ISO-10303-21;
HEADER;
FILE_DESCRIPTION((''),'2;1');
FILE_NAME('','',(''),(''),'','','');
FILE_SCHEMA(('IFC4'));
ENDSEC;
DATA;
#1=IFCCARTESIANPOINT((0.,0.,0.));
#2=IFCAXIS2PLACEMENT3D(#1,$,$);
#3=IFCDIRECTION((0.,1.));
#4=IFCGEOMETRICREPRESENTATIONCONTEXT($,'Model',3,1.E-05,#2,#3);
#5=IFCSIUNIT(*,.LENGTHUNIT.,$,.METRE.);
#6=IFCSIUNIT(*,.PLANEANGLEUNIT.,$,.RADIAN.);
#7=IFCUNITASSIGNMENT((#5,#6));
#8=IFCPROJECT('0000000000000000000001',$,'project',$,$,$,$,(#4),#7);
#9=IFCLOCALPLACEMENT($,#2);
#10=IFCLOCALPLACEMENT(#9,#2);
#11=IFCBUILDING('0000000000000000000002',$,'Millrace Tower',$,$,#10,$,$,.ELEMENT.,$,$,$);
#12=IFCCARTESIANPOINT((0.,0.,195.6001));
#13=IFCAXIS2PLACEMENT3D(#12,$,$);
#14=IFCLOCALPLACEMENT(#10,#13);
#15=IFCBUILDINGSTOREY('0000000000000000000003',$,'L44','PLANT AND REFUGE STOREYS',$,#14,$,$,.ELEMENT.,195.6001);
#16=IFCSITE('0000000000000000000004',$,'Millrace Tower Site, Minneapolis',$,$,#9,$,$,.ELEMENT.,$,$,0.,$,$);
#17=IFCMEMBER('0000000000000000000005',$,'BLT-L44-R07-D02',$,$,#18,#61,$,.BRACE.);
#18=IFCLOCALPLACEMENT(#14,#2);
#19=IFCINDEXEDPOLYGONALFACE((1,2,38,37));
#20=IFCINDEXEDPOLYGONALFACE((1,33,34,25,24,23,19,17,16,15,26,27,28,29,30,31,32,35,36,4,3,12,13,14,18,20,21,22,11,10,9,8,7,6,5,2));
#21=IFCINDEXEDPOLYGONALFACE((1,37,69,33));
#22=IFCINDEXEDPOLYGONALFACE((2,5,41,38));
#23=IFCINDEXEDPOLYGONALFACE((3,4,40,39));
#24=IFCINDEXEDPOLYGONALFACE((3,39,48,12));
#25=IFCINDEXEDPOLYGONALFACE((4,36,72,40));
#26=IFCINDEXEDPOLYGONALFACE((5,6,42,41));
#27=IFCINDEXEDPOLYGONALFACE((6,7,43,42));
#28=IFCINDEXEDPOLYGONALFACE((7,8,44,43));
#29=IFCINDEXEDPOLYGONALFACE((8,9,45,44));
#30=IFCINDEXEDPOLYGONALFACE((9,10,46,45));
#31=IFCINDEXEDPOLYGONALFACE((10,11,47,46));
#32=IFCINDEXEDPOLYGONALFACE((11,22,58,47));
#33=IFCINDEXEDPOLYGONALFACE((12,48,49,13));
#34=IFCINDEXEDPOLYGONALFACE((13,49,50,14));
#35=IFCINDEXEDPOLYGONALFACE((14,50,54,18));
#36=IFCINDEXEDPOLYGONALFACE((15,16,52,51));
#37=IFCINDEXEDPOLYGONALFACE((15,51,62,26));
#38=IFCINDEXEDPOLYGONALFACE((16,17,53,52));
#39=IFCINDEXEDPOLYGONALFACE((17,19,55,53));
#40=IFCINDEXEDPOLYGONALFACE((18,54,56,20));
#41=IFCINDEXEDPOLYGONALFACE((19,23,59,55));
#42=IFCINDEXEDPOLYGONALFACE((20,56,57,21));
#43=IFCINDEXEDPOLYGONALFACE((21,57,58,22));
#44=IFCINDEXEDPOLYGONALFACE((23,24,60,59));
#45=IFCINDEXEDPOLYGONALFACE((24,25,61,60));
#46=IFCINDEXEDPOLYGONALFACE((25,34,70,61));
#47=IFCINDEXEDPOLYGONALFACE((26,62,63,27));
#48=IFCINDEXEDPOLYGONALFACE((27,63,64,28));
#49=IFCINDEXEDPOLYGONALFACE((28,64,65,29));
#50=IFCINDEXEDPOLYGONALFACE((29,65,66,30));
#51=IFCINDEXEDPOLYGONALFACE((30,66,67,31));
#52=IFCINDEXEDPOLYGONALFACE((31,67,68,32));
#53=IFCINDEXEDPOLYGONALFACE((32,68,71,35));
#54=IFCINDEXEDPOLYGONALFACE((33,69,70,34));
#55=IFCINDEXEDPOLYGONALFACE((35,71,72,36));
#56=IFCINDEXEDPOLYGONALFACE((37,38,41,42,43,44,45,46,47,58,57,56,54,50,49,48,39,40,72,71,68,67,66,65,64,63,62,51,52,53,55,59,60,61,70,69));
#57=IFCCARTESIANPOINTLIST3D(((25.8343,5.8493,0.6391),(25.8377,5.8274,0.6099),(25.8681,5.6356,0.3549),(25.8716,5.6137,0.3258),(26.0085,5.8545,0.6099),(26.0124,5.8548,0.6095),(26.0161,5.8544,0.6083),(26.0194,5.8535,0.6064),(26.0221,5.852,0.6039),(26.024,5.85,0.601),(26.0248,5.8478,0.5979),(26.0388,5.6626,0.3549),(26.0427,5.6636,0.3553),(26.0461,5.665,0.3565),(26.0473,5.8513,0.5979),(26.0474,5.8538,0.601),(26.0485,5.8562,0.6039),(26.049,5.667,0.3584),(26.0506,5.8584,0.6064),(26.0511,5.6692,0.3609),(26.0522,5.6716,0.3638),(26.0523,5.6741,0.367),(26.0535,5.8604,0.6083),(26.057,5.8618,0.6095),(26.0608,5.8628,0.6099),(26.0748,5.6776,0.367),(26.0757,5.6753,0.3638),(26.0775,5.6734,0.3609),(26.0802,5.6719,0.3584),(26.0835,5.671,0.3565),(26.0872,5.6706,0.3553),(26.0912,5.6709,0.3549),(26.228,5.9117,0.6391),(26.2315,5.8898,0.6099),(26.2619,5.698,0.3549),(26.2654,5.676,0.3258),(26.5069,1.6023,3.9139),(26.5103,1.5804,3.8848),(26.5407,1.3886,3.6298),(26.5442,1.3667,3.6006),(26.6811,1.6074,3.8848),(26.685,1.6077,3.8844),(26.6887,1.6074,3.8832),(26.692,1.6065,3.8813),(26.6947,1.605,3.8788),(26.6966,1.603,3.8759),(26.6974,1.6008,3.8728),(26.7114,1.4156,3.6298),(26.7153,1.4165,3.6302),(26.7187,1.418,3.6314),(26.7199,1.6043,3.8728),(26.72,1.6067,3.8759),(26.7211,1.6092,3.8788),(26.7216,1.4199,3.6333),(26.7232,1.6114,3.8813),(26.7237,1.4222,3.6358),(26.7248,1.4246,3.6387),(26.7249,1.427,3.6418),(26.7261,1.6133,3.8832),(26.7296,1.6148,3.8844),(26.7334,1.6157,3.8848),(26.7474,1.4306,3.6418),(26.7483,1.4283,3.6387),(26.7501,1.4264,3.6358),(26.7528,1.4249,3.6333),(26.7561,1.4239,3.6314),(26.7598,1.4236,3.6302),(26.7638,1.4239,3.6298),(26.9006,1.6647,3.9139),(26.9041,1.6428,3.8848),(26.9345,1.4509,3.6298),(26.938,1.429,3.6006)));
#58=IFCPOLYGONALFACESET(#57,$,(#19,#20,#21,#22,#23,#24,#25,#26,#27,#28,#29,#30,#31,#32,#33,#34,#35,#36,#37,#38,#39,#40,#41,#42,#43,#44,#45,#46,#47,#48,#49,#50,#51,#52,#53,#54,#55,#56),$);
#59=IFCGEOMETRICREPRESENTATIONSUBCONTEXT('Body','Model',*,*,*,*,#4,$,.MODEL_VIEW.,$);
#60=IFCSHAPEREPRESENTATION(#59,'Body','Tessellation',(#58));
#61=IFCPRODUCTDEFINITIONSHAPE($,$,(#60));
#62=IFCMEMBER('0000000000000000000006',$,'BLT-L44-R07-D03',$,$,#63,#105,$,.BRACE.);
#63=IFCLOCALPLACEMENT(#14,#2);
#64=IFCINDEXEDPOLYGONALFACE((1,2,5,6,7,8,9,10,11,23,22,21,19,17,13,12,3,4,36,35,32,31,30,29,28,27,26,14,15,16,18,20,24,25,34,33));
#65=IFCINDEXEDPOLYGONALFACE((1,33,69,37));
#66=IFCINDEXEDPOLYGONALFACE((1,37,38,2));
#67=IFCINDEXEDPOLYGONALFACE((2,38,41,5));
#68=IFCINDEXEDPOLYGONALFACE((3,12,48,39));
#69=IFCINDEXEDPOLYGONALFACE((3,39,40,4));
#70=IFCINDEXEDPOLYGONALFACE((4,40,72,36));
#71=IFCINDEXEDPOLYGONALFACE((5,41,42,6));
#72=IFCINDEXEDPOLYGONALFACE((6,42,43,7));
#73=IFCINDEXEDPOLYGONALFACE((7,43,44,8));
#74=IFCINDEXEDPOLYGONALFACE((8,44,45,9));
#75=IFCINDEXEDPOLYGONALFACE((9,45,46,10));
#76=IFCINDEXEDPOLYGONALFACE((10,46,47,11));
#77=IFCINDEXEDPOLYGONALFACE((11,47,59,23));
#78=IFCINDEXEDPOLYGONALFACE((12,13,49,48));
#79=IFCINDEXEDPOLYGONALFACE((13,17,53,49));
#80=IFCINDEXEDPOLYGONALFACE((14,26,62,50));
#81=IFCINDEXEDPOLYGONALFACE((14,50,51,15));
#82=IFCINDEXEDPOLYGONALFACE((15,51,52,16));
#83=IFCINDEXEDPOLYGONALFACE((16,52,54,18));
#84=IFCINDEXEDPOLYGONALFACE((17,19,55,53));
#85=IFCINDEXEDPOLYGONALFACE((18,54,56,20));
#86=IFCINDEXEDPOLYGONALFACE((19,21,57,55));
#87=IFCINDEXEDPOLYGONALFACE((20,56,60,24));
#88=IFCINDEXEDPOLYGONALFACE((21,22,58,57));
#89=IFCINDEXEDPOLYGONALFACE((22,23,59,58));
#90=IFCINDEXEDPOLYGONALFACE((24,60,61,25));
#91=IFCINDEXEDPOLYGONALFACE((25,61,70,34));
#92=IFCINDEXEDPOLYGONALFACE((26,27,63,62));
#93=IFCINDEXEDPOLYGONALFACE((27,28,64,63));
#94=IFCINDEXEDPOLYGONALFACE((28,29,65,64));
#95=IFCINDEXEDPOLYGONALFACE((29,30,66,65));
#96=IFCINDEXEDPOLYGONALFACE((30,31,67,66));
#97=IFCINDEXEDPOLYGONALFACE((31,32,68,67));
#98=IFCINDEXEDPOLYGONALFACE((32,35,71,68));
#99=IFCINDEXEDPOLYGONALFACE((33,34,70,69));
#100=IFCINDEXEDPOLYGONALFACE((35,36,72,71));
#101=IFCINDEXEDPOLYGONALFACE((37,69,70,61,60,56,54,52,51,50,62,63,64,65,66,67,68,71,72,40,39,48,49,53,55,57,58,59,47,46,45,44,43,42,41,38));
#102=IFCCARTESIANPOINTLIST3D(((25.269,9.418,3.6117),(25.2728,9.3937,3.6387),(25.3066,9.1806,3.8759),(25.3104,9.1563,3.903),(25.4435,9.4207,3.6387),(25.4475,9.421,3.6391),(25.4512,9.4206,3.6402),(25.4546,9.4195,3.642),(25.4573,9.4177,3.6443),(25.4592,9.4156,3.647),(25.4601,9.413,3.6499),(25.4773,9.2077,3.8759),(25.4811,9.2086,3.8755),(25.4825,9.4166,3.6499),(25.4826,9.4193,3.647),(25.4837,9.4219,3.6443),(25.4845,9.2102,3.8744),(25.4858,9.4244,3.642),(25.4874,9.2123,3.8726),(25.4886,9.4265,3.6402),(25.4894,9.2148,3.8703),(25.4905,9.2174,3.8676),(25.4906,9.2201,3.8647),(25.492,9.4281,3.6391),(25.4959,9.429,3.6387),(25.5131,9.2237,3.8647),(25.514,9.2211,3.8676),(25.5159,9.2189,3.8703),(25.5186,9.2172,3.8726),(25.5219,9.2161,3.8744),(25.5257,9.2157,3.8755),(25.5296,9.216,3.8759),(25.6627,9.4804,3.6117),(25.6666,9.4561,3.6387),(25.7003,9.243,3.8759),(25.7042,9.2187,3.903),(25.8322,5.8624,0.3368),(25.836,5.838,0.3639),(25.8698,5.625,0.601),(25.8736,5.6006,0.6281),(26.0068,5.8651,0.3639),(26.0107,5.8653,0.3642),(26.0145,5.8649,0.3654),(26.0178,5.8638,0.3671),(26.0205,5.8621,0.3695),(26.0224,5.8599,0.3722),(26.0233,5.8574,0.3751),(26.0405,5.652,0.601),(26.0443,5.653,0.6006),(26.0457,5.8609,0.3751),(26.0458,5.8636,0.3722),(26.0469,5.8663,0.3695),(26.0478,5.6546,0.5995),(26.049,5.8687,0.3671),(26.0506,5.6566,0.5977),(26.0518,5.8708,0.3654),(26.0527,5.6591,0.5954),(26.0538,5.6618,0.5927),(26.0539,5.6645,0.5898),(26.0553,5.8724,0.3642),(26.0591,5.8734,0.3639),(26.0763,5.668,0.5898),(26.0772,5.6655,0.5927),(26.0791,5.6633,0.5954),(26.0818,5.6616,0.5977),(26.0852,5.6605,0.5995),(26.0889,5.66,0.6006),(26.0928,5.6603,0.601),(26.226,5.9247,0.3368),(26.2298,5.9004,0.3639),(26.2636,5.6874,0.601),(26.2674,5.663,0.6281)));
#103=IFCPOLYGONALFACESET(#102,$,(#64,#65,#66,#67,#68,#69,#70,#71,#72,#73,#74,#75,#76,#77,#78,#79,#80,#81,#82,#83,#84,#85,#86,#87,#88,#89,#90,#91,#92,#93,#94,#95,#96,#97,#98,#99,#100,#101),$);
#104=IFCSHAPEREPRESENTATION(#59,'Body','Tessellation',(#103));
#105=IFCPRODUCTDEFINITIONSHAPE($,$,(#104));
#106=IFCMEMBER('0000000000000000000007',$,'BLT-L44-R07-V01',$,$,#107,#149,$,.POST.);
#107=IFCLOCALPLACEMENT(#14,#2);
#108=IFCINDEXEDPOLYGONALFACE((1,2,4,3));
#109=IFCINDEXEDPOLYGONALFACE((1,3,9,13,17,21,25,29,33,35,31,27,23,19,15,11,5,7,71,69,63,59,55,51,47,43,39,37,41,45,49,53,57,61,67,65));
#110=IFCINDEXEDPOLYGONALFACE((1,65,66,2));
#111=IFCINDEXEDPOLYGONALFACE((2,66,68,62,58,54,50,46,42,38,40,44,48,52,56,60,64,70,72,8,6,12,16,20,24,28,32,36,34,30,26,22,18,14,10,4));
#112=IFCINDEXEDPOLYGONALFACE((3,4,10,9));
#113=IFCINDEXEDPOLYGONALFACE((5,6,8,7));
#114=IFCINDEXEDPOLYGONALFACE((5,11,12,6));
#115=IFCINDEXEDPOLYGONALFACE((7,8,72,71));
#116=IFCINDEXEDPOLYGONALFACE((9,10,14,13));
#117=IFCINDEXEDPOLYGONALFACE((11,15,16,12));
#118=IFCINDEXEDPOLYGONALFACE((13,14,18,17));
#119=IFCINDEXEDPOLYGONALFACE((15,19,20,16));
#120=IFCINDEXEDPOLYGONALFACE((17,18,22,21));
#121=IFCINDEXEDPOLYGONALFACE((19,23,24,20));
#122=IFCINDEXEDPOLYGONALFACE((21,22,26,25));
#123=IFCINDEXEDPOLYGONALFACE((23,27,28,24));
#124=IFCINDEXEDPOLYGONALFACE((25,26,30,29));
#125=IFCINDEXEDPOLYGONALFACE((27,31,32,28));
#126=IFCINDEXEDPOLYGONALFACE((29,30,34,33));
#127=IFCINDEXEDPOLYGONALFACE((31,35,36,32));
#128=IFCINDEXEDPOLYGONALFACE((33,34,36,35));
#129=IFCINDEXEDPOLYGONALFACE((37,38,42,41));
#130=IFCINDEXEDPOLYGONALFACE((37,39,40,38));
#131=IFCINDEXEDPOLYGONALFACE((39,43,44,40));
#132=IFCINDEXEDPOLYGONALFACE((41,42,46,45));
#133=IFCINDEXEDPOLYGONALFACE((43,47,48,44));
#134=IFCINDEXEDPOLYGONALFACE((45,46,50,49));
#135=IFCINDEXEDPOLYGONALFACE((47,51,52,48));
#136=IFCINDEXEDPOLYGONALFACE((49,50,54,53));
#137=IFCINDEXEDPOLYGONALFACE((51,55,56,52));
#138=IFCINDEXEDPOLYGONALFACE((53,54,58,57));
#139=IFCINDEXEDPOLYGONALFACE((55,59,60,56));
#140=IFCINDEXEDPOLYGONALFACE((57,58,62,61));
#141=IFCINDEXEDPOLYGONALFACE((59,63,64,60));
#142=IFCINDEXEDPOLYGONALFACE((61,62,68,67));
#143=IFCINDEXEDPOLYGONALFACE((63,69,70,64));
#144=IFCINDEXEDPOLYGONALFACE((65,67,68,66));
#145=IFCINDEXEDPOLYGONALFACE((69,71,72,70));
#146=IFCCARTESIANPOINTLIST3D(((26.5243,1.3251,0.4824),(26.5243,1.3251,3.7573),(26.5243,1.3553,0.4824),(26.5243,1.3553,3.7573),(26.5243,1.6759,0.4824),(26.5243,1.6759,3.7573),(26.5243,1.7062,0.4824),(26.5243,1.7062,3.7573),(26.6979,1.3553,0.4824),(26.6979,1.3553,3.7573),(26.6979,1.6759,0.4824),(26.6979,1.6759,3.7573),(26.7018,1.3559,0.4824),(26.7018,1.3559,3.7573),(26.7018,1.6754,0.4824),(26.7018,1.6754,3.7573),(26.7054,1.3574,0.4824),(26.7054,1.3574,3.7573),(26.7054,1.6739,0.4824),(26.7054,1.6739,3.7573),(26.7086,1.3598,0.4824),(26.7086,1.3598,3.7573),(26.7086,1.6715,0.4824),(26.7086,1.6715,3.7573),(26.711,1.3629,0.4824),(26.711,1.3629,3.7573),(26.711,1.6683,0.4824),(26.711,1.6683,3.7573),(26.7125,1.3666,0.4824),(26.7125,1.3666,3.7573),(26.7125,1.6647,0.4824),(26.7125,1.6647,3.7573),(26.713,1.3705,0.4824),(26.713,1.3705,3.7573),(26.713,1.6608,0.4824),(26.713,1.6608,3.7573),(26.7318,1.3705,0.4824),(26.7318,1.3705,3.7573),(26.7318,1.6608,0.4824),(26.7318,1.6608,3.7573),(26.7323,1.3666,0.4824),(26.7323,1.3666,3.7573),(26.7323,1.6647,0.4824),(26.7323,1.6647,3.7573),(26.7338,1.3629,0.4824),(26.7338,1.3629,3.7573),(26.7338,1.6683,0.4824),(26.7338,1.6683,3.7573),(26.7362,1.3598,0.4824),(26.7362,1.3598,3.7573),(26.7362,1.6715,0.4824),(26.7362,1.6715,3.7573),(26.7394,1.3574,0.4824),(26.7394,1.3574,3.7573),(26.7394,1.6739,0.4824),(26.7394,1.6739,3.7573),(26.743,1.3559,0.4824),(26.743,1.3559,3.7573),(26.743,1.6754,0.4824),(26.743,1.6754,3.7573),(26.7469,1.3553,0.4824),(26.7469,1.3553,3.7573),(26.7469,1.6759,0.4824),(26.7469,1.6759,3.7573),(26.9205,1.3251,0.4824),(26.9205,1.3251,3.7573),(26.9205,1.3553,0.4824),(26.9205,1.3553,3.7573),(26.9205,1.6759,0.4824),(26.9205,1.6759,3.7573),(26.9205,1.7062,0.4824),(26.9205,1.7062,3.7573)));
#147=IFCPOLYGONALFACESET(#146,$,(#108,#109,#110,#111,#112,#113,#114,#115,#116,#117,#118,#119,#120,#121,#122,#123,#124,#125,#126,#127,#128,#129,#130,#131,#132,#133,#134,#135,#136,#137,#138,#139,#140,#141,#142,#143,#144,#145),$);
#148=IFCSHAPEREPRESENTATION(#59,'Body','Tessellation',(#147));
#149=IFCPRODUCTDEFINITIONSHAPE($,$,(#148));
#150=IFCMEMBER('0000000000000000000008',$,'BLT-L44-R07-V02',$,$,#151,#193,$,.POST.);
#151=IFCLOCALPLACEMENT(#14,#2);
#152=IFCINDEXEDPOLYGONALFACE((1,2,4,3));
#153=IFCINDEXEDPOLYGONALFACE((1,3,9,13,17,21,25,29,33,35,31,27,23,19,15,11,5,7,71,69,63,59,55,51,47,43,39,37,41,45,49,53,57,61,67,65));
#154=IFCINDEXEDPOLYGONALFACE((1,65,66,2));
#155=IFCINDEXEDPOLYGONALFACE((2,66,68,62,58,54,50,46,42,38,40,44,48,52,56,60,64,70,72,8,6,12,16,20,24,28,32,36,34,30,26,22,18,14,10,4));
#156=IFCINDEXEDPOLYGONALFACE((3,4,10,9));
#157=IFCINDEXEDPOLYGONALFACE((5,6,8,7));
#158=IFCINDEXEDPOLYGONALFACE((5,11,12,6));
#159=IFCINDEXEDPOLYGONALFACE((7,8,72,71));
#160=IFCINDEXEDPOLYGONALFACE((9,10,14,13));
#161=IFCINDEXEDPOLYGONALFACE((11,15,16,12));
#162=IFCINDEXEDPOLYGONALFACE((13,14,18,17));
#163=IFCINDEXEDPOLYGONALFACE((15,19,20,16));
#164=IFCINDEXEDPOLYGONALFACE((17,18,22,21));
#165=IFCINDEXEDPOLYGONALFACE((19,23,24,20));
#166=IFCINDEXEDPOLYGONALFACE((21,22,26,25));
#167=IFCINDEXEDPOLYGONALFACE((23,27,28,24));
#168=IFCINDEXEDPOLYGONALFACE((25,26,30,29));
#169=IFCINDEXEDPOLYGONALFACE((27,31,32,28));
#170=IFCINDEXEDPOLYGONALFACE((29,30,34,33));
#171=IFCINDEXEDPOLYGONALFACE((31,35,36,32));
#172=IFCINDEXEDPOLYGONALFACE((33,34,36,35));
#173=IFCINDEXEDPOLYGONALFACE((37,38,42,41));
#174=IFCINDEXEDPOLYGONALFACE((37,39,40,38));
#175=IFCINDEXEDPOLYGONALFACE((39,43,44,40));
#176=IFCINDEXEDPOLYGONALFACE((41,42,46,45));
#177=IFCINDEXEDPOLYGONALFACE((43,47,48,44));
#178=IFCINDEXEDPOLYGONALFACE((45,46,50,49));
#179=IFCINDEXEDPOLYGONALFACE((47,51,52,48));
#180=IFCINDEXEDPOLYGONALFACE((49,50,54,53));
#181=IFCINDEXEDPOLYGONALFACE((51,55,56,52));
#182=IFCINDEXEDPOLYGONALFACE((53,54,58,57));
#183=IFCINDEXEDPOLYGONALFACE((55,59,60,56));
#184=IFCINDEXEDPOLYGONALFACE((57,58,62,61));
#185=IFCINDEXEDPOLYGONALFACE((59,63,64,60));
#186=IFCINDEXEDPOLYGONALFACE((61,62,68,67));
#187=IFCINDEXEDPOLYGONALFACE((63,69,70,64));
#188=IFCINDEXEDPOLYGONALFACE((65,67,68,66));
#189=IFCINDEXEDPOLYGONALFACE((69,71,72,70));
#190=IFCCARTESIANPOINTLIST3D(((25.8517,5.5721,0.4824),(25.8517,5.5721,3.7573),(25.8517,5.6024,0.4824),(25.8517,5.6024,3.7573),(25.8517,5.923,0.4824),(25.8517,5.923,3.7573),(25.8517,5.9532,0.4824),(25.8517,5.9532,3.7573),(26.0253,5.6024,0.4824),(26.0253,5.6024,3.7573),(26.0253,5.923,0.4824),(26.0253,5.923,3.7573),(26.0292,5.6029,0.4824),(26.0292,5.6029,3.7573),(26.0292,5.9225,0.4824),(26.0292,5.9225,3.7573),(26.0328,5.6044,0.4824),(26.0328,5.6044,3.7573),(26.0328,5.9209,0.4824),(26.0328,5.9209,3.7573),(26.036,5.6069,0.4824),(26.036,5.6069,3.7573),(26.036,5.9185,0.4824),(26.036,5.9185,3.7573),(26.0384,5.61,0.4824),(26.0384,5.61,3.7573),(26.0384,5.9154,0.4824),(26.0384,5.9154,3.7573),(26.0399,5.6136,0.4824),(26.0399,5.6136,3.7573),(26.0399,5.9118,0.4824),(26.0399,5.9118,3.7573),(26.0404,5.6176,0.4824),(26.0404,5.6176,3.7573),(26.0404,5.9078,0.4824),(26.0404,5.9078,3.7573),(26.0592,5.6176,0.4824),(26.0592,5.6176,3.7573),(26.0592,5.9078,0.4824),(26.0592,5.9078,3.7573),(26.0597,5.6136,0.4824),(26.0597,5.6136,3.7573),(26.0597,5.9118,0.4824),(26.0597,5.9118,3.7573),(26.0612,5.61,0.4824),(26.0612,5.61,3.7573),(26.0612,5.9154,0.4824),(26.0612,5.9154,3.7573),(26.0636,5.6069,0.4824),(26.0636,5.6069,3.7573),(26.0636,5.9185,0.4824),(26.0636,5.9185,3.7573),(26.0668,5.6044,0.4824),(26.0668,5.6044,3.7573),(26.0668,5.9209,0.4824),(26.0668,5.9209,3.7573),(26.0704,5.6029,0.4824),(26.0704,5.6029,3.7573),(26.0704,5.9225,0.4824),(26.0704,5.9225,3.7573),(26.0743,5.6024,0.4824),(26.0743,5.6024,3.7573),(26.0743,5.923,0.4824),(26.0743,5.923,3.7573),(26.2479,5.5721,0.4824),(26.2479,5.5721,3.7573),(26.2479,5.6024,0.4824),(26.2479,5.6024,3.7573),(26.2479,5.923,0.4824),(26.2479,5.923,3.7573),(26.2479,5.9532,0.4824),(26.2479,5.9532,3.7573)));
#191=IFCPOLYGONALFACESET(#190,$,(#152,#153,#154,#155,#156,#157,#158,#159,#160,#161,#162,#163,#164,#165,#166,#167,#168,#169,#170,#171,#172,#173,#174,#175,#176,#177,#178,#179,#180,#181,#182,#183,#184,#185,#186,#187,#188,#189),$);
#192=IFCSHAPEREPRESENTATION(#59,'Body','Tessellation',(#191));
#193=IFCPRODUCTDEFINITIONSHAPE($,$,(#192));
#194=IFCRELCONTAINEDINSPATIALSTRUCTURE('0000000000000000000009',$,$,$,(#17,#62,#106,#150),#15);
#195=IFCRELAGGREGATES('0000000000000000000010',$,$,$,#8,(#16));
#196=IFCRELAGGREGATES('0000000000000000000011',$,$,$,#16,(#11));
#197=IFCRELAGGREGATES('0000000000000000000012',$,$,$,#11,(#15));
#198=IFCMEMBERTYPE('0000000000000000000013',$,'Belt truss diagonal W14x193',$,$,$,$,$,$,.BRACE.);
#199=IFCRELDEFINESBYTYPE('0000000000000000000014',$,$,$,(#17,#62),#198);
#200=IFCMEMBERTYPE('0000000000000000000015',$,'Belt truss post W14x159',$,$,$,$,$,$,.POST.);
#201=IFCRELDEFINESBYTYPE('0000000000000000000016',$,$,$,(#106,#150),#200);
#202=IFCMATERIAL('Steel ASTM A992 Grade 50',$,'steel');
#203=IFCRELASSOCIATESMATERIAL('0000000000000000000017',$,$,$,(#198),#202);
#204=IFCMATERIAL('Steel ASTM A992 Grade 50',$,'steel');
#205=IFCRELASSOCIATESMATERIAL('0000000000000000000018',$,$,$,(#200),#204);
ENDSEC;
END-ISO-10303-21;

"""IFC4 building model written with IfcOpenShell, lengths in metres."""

from ifc_helpers import new_model, si_unit, direction, frame, origin, origin_2d, place, context, subcontext, project, spatial, i_section, extrude, material, material_profile, profile_set, type_object, element, save


model = new_model("IFC4")

# Units and contexts
model_context = context("Model", 3, precision=1e-05, world=origin(), true_north=direction((0.0, 1.0)))
body_context = subcontext(model_context, "Body", "Model", "MODEL_VIEW")
ifc_project = project(units=[si_unit("LENGTHUNIT", "METRE"), si_unit("PLANEANGLEUNIT", "RADIAN")], contexts=[model_context])

# Site, building, storey
site_placement = place(None, origin())
site = spatial("IfcSite", under=ifc_project, at=site_placement, Name="Millrace Tower Site, Minneapolis", CompositionType="ELEMENT", RefElevation=0.0)
building_placement = place(site_placement, origin())
building = spatial("IfcBuilding", under=site, at=building_placement, Name="Millrace Tower", CompositionType="ELEMENT")
storey_placement = place(building_placement, frame((0.0, 0.0, 195.6001)))
storey = spatial("IfcBuildingStorey", under=building, at=storey_placement, Name="L44", Description="PLANT AND REFUGE STOREYS", CompositionType="ELEMENT", Elevation=195.6001)

# Members
ifc_material_1 = material(Name="Steel ASTM A992 Grade 50", Category="steel")
ifc_material_profile_1 = material_profile(ifc_material_1, i_section(OverallWidth=0.3987, OverallDepth=0.3938, WebThickness=0.0227, FlangeThickness=0.0366, FilletRadius=0.0151, at=origin_2d()))
ifc_profile_set_1 = profile_set([ifc_material_profile_1], Name="Steel ASTM A992 Grade 50")
member_type_1 = type_object("IfcMemberType", Name="Belt truss diagonal W14x193", PredefinedType="BRACE", material=ifc_profile_set_1)
member_1_placement = place(storey_placement, frame((26.0498, 5.7627, 0.4824), z_axis=(0.12444, -0.785754, 0.605892), x_axis=(0.987691, 0.15642, 0.0)))
element("IfcMember", 1, at=member_1_placement, inside=storey, type_object=member_type_1, Name="BLT-L44-R07-D02", PredefinedType="BRACE", context=body_context, shape_type="SweptSolid", body=[
    extrude(i_section(OverallWidth=0.3987, OverallDepth=0.3938, WebThickness=0.0227, FlangeThickness=0.0366, FilletRadius=0.0151, at=origin_2d()), origin(), (0.0, 0.0, 1.0), 5.405),
])
member_2_placement = place(storey_placement, frame((26.0498, 5.7627, 0.4824), z_axis=(-0.115731, 0.730608, 0.672918), x_axis=(-0.987685, -0.156454, 0.0)))
element("IfcMember", 2, at=member_2_placement, inside=storey, type_object=member_type_1, Name="BLT-L44-R07-D03", PredefinedType="BRACE", context=body_context, shape_type="SweptSolid", body=[
    extrude(i_section(OverallWidth=0.3987, OverallDepth=0.3938, WebThickness=0.0227, FlangeThickness=0.0366, FilletRadius=0.0151, at=origin_2d()), origin(), (0.0, 0.0, 1.0), 4.8667),
])
ifc_material_2 = material(Name="Steel ASTM A992 Grade 50", Category="steel")
ifc_material_profile_2 = material_profile(ifc_material_2, i_section(OverallWidth=0.3962, OverallDepth=0.3811, WebThickness=0.0188, FlangeThickness=0.0303, FilletRadius=0.0151, at=origin_2d()))
ifc_profile_set_2 = profile_set([ifc_material_profile_2], Name="Steel ASTM A992 Grade 50")
member_type_2 = type_object("IfcMemberType", Name="Belt truss post W14x159", PredefinedType="POST", material=ifc_profile_set_2)
for number, where, z_axis, x_axis, name in (
    (3, (26.7224, 1.5156, 0.4824), (0.0, 0.0, 1.0), (1.0, 0.0, 0.0), "BLT-L44-R07-V01"),
    (4, (26.0498, 5.7627, 0.4824), (0.0, 0.0, 1.0), (1.0, 0.0, 0.0), "BLT-L44-R07-V02"),
):
    element("IfcMember", number, at=place(storey_placement, frame(where, z_axis=z_axis, x_axis=x_axis)), inside=storey, type_object=member_type_2, Name=name, PredefinedType="POST", context=body_context, shape_type="SweptSolid", body=[
        extrude(i_section(OverallWidth=0.3962, OverallDepth=0.3811, WebThickness=0.0188, FlangeThickness=0.0303, FilletRadius=0.0151, at=origin_2d()), origin(), (0.0, 0.0, 1.0), 3.2749),
    ])

save(model, "model.ifc")
